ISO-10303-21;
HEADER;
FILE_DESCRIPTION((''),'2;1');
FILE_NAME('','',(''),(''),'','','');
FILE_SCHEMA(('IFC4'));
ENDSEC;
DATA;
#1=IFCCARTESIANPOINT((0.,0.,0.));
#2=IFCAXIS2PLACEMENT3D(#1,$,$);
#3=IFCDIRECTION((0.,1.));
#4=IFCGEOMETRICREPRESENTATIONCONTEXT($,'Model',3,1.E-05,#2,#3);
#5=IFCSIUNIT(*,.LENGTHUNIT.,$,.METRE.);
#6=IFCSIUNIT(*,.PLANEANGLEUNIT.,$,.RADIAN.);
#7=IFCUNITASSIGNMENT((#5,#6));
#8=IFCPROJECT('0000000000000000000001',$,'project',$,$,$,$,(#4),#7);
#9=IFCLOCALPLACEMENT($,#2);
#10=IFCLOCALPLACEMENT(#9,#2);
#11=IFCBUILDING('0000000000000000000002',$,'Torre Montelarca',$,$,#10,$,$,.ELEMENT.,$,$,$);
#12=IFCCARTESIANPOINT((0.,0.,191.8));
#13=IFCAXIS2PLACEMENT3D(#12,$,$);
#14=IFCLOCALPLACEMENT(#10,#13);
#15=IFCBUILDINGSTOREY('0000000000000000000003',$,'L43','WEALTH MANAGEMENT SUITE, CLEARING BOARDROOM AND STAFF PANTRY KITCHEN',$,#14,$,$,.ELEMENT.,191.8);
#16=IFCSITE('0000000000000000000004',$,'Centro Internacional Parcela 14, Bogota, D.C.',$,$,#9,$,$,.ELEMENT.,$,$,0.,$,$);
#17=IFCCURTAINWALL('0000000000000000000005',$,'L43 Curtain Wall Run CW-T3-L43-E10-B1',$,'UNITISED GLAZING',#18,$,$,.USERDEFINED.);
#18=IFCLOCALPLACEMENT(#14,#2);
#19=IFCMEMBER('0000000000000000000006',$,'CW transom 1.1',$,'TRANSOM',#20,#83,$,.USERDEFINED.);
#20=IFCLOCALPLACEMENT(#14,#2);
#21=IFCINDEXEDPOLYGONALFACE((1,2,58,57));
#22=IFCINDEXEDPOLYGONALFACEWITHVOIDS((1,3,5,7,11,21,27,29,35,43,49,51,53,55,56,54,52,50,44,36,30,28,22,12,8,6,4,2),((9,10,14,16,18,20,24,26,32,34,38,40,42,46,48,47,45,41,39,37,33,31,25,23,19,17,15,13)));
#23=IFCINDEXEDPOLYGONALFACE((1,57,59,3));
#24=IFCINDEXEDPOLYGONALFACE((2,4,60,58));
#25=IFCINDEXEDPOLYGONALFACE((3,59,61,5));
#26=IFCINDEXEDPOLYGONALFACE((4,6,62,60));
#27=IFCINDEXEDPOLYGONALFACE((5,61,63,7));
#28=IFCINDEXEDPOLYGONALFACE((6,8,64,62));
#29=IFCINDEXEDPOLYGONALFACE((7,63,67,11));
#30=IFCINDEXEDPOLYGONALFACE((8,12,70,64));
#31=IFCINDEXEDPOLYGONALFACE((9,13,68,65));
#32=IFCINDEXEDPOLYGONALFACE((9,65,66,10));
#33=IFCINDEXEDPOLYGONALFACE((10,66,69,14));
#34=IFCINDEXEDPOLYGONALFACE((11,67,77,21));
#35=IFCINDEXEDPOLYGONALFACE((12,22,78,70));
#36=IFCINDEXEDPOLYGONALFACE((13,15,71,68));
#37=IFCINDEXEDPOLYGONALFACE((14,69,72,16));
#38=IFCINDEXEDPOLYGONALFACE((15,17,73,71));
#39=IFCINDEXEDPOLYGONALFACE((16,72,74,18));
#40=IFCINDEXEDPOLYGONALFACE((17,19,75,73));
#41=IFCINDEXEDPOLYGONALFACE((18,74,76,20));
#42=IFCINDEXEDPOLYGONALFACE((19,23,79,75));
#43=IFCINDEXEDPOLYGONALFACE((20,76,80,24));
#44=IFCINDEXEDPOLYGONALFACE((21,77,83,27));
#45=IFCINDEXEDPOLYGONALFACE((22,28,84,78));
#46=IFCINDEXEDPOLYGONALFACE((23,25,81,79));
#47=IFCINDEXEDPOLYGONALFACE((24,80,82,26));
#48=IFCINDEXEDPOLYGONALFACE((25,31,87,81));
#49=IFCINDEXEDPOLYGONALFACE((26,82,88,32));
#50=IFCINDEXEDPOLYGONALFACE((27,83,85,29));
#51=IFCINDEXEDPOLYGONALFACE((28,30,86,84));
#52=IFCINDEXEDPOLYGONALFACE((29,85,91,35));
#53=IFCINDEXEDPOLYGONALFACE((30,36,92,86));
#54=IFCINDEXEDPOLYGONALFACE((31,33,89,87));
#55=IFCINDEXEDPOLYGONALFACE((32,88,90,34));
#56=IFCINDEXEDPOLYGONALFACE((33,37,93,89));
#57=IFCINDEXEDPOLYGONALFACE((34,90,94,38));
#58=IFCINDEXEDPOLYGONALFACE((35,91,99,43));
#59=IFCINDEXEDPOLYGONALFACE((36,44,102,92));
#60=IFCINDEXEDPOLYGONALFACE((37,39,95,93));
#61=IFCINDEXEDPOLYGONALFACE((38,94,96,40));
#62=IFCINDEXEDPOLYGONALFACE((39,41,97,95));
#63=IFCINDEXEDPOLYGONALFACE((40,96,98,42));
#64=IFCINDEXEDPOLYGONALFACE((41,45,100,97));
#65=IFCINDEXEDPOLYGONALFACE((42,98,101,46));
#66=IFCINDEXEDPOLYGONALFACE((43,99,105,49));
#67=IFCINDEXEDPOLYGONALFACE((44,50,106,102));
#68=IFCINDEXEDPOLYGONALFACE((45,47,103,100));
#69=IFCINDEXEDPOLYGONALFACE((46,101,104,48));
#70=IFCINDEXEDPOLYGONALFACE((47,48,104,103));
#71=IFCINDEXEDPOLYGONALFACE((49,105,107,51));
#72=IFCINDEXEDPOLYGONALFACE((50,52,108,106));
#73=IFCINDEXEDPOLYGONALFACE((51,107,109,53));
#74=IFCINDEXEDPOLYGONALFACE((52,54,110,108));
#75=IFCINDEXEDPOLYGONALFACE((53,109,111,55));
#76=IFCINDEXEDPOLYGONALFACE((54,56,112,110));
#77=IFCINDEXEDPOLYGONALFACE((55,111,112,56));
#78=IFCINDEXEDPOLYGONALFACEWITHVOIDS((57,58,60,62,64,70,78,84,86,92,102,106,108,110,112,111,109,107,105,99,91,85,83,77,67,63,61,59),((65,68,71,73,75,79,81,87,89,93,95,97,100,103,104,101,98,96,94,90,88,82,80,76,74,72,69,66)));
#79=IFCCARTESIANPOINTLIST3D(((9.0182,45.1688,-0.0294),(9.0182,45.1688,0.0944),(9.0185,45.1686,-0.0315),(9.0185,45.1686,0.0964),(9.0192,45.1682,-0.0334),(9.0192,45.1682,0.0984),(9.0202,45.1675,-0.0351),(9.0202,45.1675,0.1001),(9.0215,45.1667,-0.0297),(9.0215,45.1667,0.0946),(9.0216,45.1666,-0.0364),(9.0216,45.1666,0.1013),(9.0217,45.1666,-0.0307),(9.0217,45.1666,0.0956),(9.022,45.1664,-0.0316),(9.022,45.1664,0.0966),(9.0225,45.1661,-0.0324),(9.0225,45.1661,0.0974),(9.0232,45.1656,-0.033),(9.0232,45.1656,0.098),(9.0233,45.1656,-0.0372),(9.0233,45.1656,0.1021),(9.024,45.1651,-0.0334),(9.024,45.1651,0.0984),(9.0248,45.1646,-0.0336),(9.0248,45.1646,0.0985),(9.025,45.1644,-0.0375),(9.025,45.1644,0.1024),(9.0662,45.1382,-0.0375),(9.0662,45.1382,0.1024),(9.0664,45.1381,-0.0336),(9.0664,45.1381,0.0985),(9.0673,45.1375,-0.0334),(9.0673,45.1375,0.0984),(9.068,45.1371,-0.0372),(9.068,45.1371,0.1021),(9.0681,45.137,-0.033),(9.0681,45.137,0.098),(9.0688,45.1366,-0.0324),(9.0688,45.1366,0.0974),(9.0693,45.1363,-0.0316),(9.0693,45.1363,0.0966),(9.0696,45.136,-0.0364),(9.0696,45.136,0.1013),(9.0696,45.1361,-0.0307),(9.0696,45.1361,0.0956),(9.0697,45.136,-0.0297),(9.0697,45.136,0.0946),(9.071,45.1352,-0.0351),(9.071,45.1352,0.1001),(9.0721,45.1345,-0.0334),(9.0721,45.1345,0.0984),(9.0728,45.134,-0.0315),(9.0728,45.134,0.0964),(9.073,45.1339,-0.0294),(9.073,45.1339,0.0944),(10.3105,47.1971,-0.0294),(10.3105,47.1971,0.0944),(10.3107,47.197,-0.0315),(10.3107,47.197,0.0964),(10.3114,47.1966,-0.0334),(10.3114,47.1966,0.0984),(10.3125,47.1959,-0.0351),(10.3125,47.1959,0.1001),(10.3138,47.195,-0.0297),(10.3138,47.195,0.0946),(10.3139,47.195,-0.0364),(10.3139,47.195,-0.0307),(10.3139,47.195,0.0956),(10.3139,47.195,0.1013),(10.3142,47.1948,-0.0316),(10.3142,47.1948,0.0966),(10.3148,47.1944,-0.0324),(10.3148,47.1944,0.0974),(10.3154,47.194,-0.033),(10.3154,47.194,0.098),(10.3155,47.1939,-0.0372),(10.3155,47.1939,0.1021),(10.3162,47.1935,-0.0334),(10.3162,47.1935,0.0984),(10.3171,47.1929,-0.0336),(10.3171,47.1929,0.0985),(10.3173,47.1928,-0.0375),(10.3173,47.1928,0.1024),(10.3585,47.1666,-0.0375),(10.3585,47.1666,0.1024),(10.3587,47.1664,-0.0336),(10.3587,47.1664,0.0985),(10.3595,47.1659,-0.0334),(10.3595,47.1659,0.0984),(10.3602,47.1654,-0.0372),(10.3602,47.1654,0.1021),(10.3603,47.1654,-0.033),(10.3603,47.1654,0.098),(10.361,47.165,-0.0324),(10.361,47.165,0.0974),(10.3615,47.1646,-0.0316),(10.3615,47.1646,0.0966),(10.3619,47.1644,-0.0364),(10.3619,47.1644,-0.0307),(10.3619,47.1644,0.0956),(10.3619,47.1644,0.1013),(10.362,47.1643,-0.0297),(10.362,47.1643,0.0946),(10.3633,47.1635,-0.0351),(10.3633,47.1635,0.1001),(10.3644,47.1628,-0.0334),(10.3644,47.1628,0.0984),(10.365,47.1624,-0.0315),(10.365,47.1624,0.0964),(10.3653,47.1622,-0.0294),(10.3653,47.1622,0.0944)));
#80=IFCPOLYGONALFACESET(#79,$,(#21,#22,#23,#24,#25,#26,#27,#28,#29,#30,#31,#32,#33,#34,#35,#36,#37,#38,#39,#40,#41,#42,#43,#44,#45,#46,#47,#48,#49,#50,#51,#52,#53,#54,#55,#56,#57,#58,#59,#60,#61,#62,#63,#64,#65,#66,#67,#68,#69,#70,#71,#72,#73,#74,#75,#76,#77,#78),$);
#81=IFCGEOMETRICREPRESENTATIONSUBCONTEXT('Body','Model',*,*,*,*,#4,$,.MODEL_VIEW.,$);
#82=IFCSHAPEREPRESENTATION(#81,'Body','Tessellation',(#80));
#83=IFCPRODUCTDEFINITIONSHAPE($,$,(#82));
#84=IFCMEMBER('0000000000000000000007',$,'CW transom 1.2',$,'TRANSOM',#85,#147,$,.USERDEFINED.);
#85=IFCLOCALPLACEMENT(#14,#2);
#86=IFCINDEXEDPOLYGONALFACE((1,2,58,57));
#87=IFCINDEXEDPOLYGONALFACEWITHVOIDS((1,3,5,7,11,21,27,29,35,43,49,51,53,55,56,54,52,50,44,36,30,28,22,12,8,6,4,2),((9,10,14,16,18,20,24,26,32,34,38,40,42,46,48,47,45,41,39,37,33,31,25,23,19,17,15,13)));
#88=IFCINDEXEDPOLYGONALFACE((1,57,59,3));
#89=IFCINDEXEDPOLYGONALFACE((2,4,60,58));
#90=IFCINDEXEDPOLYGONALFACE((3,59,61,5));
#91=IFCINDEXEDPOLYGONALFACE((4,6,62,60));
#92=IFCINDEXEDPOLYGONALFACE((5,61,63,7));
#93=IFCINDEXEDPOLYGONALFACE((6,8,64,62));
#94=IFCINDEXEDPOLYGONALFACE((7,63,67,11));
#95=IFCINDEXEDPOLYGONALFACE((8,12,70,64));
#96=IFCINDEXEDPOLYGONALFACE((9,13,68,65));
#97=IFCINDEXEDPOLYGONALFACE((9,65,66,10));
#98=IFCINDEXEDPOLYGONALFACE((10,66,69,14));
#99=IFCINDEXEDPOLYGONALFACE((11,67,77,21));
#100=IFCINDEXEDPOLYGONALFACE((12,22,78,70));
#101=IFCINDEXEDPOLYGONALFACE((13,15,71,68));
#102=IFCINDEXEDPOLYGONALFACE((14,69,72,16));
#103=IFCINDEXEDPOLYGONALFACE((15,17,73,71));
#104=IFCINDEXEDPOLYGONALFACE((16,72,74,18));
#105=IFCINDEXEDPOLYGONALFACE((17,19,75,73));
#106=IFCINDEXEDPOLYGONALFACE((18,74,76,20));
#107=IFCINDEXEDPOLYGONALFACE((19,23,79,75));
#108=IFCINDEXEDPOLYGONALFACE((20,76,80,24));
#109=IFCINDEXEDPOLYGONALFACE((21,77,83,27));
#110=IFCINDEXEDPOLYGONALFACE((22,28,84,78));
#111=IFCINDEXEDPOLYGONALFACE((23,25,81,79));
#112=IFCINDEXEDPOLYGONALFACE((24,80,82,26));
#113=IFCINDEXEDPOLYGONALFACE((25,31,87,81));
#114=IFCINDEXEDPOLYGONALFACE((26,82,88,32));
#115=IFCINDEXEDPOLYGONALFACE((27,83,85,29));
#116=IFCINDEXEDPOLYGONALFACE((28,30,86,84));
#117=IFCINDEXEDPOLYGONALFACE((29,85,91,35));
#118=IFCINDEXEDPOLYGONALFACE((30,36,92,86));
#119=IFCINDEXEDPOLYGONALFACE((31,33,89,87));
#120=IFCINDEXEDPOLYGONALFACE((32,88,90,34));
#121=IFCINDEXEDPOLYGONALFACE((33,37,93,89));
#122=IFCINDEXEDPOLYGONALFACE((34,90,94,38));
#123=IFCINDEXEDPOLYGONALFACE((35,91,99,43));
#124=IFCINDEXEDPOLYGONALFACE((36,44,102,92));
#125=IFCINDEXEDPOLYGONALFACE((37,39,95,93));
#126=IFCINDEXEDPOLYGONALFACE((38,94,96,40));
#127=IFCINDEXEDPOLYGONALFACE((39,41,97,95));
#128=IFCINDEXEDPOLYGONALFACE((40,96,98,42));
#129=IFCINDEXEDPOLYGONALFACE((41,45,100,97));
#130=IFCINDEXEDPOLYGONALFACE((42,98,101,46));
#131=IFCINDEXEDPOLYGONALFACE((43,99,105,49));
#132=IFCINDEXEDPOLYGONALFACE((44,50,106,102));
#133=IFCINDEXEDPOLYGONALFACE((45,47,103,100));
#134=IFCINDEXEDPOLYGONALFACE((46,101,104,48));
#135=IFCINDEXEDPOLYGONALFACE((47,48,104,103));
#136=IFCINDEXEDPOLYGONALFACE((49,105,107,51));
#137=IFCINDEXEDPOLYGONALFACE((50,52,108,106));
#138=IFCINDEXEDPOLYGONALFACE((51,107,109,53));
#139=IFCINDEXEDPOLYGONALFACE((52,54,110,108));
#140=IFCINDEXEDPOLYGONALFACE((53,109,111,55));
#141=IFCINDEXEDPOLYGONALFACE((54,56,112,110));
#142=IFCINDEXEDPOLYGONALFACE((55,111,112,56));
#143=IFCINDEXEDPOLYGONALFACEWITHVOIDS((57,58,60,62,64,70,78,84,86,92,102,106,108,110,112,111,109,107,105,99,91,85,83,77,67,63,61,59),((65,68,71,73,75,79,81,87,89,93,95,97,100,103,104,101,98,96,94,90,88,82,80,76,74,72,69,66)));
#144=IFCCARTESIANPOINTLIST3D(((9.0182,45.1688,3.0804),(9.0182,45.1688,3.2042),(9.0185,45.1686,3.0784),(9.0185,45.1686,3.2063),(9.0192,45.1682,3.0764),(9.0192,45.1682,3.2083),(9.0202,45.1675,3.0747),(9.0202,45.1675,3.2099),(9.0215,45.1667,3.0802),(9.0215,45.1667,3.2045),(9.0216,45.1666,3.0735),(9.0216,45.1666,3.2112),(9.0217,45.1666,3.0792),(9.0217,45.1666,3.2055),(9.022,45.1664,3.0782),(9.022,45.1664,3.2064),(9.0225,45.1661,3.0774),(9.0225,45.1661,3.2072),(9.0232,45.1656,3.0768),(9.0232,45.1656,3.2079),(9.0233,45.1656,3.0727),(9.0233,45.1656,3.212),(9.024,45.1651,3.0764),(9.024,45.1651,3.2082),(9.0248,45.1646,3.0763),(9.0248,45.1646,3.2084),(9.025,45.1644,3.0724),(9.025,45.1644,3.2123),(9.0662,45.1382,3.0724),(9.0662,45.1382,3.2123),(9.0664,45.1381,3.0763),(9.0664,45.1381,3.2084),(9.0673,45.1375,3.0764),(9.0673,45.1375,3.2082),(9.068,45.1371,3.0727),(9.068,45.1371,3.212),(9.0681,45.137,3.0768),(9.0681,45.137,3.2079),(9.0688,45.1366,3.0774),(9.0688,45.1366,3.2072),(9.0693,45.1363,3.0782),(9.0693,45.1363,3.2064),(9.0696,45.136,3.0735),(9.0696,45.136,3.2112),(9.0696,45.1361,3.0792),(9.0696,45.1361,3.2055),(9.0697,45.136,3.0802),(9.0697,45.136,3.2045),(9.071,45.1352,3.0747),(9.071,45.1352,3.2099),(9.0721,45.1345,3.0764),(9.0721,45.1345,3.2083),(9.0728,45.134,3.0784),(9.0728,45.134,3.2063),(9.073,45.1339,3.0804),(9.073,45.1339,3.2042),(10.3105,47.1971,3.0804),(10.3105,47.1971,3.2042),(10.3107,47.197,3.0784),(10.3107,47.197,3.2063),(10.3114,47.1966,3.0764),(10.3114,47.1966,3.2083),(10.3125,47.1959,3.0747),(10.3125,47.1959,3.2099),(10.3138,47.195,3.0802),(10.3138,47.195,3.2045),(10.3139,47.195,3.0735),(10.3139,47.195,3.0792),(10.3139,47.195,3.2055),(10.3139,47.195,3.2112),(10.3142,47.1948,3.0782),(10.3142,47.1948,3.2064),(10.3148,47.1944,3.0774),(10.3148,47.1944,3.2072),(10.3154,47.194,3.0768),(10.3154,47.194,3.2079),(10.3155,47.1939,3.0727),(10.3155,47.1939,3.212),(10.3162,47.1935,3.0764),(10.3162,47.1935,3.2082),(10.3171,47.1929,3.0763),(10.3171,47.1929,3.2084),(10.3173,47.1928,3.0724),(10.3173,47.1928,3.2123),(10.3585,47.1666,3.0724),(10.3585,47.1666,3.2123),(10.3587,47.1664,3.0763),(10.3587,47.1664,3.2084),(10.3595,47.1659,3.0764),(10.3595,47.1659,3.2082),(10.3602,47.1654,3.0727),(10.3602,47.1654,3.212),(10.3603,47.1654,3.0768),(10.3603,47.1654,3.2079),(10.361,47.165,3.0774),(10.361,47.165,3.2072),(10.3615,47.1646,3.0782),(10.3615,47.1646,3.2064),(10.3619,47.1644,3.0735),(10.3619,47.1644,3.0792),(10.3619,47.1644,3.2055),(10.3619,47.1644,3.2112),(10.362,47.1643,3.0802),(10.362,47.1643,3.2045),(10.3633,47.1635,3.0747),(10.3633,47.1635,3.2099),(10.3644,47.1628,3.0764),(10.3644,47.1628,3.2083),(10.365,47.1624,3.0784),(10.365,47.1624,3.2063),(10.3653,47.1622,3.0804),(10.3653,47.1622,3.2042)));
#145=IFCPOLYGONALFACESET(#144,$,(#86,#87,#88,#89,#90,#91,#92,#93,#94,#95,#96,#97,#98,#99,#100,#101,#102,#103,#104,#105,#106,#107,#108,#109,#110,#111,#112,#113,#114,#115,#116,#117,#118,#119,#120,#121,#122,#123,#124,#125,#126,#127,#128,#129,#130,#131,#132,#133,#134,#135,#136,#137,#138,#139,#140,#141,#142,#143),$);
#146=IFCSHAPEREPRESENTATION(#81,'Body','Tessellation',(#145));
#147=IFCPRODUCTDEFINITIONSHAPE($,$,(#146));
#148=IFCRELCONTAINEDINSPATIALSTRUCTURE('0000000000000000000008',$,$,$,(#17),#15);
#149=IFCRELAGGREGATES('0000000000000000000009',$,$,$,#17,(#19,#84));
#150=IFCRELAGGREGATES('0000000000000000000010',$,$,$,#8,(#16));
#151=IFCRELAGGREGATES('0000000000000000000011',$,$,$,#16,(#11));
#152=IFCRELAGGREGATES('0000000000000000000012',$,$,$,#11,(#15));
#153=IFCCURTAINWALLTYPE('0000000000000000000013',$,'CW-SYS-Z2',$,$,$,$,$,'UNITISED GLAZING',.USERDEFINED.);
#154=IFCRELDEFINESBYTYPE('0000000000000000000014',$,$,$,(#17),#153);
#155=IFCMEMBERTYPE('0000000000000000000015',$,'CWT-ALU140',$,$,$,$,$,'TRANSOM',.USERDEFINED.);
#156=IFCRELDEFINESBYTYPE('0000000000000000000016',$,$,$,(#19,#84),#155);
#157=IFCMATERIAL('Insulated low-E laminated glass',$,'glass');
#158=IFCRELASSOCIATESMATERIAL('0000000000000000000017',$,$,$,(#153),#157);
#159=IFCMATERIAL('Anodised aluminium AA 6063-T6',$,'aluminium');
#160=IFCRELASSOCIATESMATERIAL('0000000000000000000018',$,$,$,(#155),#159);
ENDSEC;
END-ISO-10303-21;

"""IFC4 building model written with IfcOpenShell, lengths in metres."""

from ifc_helpers import new_model, si_unit, direction, frame, origin, origin_2d, place, context, subcontext, project, spatial, hollow_rectangle, extrude, source, transform, mapped, material, material_profile, profile_set, type_object, element, aggregate, save


model = new_model("IFC4")

# Units and contexts
model_context = context("Model", 3, precision=1e-05, world=origin(), true_north=direction((0.0, 1.0)))
body_context = subcontext(model_context, "Body", "Model", "MODEL_VIEW")
ifc_project = project(units=[si_unit("LENGTHUNIT", "METRE"), si_unit("PLANEANGLEUNIT", "RADIAN")], contexts=[model_context])

# Site, building, storey
site_placement = place(None, origin())
site = spatial("IfcSite", under=ifc_project, at=site_placement, Name="Centro Internacional Parcela 14, Bogota, D.C.", CompositionType="ELEMENT", RefElevation=0.0)
building_placement = place(site_placement, origin())
building = spatial("IfcBuilding", under=site, at=building_placement, Name="Torre Montelarca", CompositionType="ELEMENT")
storey_placement = place(building_placement, frame((0.0, 0.0, 191.8)))
storey = spatial("IfcBuildingStorey", under=building, at=storey_placement, Name="L43", Description="WEALTH MANAGEMENT SUITE, CLEARING BOARDROOM AND STAFF PANTRY KITCHEN", CompositionType="ELEMENT", Elevation=191.8)

# Curtain wall, members
ifc_material_1 = material(Name="Insulated low-E laminated glass", Category="glass")
curtain_wall_type = type_object("IfcCurtainWallType", Name="CW-SYS-Z2", ElementType="UNITISED GLAZING", PredefinedType="USERDEFINED", material=ifc_material_1)
ifc_material_2 = material(Name="Anodised aluminium AA 6063-T6", Category="aluminium")
ifc_material_profile_1 = material_profile(ifc_material_2, hollow_rectangle(XDim=0.0649, YDim=0.1399, WallThickness=0.0039, InnerFilletRadius=0.0039, OuterFilletRadius=0.0081, at=origin_2d()), Name="ALU65X140X4", Category="aluminium")
ifc_profile_set_1 = profile_set([ifc_material_profile_1], Name="Anodised aluminium AA 6063-T6")
member_type_1 = type_object("IfcMemberType", Name="CWT-ALU140", ElementType="TRANSOM", PredefinedType="USERDEFINED", material=ifc_profile_set_1)
curtain_wall_1_placement = place(storey_placement, origin())
curtain_wall_1 = element("IfcCurtainWall", 1, at=curtain_wall_1_placement, inside=storey, type_object=curtain_wall_type, Name="L43 Curtain Wall Run CW-T3-L43-E10-B1", ObjectType="UNITISED GLAZING", PredefinedType="USERDEFINED")
shared_shape_1 = source(origin(), body_context, "Body", "SweptSolid", [
    extrude(hollow_rectangle(XDim=0.0649, YDim=0.1399, WallThickness=0.0039, InnerFilletRadius=0.0039, OuterFilletRadius=0.0081, at=origin_2d()), origin(), (0.0, 0.0, 1.0), 2.405),
])
member_1_placement = place(storey_placement, frame((10.3379, 47.1797, 0.0325), z_axis=(-0.537316, -0.843381, 0.0), x_axis=(0.843381, -0.537316, 0.0)))
member_1 = element("IfcMember", 2, at=member_1_placement, type_object=member_type_1, Name="CW transom 1.1", ObjectType="TRANSOM", PredefinedType="USERDEFINED", context=body_context, shape_type="MappedRepresentation", body=[
    mapped(shared_shape_1, transform((0.0, 0.0, 0.0), scale=1.0)),
])
member_2_placement = place(storey_placement, frame((10.3379, 47.1797, 3.1423), z_axis=(-0.537316, -0.843381, 0.0), x_axis=(0.843381, -0.537316, 0.0)))
member_2 = element("IfcMember", 3, at=member_2_placement, type_object=member_type_1, Name="CW transom 1.2", ObjectType="TRANSOM", PredefinedType="USERDEFINED", context=body_context, shape_type="MappedRepresentation", body=[
    mapped(shared_shape_1, transform((0.0, 0.0, 0.0), scale=1.0)),
])

aggregate(curtain_wall_1, [member_1, member_2])

save(model, "model.ifc")
